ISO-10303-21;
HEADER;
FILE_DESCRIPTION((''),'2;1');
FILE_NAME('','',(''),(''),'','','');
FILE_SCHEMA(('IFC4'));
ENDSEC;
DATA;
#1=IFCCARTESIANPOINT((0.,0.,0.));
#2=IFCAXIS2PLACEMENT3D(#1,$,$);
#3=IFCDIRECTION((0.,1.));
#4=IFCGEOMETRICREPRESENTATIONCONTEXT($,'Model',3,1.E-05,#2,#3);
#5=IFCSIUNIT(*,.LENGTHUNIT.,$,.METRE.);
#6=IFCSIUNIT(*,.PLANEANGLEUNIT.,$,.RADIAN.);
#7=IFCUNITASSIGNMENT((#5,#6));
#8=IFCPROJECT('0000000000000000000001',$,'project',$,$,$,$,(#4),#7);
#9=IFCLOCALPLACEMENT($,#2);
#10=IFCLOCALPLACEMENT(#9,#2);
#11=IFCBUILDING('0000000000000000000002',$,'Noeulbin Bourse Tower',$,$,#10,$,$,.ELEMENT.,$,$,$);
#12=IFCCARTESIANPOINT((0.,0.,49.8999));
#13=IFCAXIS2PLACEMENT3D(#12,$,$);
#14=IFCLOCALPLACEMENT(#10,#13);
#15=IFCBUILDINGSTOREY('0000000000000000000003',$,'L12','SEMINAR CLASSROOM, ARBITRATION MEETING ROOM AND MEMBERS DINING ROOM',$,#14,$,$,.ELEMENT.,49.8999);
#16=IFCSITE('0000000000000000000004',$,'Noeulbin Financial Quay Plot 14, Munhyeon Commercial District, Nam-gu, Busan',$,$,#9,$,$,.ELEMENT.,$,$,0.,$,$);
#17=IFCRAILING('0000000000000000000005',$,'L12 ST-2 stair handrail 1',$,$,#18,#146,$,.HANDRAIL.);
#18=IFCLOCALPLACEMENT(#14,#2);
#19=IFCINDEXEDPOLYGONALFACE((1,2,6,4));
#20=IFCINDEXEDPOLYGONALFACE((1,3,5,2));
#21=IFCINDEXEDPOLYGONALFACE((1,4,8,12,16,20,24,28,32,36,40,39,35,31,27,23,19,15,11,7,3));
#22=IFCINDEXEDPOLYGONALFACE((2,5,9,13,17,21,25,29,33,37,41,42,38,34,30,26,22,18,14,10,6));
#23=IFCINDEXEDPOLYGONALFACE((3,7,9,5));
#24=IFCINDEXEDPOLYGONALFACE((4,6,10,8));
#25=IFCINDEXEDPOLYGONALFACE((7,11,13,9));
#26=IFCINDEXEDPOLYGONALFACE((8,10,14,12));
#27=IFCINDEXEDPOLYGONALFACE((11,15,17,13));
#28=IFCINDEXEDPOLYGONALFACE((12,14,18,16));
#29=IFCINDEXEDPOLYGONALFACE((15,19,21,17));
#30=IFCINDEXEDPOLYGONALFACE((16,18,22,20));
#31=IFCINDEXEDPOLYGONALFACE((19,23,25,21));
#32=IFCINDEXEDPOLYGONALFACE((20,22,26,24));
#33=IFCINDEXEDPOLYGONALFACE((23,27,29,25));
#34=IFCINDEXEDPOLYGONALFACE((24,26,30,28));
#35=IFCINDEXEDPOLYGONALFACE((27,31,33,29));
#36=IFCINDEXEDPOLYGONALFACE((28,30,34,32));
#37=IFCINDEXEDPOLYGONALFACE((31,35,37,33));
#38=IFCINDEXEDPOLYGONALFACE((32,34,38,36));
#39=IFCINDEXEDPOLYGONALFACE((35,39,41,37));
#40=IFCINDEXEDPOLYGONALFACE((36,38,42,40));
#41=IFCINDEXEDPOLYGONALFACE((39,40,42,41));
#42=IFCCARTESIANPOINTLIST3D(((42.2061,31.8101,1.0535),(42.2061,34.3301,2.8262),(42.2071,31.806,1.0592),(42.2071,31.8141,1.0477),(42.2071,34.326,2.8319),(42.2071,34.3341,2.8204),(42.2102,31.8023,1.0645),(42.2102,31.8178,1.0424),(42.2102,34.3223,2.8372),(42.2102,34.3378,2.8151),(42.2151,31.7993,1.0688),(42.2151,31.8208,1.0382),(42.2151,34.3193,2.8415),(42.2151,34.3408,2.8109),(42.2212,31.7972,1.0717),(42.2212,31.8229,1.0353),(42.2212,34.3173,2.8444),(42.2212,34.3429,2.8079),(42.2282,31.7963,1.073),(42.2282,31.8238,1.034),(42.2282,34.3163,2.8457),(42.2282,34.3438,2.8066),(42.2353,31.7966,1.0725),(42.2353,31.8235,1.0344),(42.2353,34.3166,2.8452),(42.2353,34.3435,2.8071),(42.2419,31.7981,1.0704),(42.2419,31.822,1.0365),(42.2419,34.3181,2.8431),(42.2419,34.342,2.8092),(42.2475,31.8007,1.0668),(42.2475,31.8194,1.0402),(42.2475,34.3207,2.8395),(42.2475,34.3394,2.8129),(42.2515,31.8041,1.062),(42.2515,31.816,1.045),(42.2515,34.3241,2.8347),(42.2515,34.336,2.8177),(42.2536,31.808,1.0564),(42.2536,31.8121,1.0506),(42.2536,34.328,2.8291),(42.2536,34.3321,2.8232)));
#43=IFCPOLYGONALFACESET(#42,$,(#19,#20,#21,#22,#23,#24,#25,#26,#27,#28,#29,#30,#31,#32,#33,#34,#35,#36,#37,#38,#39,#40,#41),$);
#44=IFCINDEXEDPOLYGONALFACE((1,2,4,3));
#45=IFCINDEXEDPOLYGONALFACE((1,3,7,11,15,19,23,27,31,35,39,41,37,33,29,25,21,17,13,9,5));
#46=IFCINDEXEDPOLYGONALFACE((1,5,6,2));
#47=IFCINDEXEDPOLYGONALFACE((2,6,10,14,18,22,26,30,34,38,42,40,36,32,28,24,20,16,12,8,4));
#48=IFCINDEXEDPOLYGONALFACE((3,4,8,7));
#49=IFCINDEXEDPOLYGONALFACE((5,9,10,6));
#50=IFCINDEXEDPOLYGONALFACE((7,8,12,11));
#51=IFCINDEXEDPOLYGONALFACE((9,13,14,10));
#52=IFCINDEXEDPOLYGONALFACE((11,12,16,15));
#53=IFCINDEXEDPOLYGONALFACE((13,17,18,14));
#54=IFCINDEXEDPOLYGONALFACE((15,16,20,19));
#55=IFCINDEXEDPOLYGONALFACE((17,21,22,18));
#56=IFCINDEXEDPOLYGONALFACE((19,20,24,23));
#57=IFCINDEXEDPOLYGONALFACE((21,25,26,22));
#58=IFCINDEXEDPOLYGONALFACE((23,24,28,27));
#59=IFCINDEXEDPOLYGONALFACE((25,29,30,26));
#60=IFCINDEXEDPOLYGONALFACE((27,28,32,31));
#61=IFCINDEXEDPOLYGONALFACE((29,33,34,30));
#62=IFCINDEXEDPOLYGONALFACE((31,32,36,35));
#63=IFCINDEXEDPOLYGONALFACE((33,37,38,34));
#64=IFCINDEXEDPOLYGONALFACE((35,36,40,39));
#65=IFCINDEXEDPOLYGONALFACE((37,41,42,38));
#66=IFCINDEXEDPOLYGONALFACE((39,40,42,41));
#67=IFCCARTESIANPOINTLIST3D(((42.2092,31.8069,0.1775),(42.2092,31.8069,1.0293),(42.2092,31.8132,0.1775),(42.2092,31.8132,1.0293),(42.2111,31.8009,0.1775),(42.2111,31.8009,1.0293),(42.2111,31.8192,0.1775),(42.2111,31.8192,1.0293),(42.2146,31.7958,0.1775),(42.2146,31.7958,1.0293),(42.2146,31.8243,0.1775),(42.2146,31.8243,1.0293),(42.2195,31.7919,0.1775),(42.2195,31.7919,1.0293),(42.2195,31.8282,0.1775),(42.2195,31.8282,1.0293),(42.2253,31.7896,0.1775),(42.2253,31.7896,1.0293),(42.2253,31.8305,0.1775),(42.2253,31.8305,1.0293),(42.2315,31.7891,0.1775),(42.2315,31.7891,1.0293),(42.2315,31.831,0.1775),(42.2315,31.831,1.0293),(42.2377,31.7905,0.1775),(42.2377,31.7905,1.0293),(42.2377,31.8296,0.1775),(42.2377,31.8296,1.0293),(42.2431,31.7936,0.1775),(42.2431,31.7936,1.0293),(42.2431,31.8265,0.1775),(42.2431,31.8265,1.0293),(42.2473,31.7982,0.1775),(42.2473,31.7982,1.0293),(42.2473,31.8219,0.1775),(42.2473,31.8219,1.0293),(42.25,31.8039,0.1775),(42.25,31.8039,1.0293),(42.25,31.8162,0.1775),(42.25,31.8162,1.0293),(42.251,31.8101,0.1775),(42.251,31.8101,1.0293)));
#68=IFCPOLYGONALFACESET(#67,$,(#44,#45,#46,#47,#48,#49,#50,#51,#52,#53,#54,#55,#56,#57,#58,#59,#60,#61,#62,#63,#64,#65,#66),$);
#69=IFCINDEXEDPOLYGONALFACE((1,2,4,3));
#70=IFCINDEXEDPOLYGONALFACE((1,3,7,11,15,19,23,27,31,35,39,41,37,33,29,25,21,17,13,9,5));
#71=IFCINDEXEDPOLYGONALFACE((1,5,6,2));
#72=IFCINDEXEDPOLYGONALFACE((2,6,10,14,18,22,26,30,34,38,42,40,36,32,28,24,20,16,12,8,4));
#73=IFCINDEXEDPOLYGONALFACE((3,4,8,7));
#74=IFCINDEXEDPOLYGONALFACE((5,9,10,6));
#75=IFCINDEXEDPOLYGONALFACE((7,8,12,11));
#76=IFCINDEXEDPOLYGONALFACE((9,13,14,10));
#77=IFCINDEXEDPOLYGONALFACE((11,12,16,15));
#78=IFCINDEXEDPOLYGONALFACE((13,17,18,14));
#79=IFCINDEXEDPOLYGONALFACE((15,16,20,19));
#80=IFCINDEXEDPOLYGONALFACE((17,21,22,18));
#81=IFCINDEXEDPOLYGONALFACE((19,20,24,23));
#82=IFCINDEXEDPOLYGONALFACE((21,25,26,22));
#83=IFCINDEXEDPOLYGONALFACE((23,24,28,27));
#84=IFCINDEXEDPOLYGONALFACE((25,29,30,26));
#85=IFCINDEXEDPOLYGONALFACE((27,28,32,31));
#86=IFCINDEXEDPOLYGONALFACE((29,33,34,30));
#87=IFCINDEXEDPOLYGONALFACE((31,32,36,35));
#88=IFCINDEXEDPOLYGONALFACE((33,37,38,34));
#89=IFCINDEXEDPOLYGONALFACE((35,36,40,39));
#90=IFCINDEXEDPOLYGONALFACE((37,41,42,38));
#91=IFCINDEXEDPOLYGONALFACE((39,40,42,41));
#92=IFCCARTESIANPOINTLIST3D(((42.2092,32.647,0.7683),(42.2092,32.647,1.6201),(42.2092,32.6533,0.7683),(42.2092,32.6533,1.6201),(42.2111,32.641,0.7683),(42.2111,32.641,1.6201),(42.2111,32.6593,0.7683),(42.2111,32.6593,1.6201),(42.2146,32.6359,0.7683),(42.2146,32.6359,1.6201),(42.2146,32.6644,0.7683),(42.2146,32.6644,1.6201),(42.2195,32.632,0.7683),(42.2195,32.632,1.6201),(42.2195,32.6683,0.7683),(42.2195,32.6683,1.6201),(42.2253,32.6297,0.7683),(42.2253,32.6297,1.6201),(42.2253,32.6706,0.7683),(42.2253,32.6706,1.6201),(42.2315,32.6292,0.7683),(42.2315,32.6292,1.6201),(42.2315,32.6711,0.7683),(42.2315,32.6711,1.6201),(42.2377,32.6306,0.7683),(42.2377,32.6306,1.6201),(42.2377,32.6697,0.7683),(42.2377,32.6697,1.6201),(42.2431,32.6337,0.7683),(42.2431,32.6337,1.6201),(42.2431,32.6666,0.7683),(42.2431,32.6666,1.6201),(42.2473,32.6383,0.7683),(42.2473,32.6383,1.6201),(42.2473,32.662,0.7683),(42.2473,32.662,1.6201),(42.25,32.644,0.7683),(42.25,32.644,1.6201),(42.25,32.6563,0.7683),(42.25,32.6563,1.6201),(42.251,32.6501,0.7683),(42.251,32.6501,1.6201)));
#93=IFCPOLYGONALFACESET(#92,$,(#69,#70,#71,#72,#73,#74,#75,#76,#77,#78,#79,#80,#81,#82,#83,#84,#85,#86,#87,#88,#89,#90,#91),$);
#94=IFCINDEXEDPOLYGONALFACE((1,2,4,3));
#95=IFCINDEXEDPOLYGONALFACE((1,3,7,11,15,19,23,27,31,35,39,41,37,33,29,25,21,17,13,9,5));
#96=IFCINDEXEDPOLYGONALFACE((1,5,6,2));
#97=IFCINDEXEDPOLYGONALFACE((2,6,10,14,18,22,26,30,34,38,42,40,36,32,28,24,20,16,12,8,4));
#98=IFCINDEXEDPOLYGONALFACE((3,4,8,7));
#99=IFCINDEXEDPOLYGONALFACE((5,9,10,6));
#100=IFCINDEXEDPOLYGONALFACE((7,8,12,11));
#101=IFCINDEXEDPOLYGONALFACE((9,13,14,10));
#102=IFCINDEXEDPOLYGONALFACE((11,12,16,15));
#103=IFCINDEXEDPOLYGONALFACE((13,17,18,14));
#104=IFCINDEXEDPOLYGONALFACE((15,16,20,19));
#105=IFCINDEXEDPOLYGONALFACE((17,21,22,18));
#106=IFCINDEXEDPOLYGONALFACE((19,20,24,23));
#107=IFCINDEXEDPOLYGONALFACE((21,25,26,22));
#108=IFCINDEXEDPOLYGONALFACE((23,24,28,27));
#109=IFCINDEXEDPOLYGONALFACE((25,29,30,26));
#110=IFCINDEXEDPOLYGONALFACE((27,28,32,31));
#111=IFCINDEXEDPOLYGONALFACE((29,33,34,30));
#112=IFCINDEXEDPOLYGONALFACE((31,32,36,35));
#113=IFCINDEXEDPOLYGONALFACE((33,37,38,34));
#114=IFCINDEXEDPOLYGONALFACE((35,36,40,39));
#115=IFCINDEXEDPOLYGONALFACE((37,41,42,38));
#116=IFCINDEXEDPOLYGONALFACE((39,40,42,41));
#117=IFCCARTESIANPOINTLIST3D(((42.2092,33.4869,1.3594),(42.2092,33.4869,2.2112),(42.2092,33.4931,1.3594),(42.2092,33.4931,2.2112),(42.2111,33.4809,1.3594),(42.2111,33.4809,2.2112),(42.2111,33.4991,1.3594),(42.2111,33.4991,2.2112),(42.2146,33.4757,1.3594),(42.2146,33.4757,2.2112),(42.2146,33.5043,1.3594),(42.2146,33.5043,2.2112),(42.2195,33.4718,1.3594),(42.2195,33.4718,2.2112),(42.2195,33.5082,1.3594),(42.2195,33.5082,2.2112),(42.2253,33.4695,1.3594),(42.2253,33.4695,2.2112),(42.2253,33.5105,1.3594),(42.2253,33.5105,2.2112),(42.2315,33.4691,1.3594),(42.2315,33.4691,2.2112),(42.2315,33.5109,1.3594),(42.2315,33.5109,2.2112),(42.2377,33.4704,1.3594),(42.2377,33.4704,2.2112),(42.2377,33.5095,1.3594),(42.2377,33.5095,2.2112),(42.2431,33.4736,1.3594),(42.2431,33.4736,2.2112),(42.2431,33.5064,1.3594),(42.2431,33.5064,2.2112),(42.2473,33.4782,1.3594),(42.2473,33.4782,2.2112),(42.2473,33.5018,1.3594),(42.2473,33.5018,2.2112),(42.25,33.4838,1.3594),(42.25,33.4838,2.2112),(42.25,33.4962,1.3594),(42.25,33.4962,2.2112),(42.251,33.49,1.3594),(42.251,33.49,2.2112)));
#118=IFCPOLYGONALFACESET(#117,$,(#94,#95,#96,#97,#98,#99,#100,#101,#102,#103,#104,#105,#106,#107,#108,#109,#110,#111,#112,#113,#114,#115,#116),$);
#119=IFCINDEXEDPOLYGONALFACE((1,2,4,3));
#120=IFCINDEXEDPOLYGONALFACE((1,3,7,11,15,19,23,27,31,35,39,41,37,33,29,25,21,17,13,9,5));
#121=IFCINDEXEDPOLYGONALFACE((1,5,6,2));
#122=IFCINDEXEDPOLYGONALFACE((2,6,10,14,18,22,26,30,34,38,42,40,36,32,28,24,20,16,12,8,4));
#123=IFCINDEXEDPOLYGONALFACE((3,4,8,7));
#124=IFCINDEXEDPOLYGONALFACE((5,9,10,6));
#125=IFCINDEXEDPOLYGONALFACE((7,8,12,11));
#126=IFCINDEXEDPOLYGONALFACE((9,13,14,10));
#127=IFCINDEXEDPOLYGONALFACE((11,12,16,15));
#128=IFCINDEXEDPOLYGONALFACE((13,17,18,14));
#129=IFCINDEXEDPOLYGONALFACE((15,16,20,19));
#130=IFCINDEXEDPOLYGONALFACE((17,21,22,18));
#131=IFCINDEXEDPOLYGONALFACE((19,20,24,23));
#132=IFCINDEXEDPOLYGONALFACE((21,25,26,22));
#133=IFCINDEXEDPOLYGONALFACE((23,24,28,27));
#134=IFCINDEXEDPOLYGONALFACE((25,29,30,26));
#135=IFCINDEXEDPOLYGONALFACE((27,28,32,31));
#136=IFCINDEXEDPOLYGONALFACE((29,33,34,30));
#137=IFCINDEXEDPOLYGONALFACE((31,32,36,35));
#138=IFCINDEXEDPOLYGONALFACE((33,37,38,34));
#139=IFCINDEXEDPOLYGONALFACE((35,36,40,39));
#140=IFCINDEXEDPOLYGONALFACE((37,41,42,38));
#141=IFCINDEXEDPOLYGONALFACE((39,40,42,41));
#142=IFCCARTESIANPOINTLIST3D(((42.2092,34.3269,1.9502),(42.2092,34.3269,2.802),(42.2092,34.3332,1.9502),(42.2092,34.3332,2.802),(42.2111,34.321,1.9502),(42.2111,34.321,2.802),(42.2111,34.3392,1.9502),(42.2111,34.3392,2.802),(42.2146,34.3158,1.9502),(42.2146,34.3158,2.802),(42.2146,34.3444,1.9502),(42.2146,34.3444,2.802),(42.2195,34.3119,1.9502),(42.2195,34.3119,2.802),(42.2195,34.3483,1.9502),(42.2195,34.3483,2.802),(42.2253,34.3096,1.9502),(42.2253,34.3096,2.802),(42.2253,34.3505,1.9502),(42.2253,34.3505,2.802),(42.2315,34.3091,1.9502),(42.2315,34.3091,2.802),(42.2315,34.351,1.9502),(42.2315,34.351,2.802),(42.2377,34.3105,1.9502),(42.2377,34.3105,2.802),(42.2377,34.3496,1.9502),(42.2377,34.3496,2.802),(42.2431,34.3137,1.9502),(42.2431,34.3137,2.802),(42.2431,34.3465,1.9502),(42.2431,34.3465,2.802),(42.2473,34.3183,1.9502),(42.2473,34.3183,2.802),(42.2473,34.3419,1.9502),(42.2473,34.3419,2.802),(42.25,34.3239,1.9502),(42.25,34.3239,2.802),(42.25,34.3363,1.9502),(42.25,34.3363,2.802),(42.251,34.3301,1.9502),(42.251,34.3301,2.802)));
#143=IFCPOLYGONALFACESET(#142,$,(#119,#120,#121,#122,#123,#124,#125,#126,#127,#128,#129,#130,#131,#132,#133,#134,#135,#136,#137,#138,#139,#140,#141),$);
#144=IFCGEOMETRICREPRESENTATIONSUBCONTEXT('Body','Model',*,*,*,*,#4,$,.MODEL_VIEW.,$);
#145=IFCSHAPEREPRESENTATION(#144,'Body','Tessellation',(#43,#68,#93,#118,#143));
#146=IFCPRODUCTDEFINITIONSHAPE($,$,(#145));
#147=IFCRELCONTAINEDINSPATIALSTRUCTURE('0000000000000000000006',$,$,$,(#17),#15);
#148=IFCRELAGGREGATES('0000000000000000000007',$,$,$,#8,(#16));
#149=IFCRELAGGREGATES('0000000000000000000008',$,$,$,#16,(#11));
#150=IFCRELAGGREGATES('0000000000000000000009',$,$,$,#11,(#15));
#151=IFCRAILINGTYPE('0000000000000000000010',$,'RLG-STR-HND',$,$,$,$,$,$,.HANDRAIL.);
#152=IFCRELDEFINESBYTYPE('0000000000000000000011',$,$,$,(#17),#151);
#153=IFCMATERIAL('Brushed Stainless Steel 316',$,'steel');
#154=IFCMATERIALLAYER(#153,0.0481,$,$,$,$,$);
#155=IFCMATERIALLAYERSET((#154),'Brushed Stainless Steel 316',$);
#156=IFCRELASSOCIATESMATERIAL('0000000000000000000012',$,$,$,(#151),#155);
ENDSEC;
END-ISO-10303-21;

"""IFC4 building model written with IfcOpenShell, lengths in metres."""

from ifc_helpers import new_model, si_unit, direction, frame, origin, origin_2d, place, context, subcontext, project, spatial, circle, extrude, material, layer, layer_set, type_object, element, save


model = new_model("IFC4")

# Units and contexts
model_context = context("Model", 3, precision=1e-05, world=origin(), true_north=direction((0.0, 1.0)))
body_context = subcontext(model_context, "Body", "Model", "MODEL_VIEW")
ifc_project = project(units=[si_unit("LENGTHUNIT", "METRE"), si_unit("PLANEANGLEUNIT", "RADIAN")], contexts=[model_context])

# Site, building, storey
site_placement = place(None, origin())
site = spatial("IfcSite", under=ifc_project, at=site_placement, Name="Noeulbin Financial Quay Plot 14, Munhyeon Commercial District, Nam-gu, Busan", CompositionType="ELEMENT", RefElevation=0.0)
building_placement = place(site_placement, origin())
building = spatial("IfcBuilding", under=site, at=building_placement, Name="Noeulbin Bourse Tower", CompositionType="ELEMENT")
storey_placement = place(building_placement, frame((0.0, 0.0, 49.8999)))
storey = spatial("IfcBuildingStorey", under=building, at=storey_placement, Name="L12", Description="SEMINAR CLASSROOM, ARBITRATION MEETING ROOM AND MEMBERS DINING ROOM", CompositionType="ELEMENT", Elevation=49.8999)

# Railing
ifc_material_1 = material(Name="Brushed Stainless Steel 316", Category="steel")
ifc_layer_1 = layer(ifc_material_1, 0.0481)
ifc_layer_set_1 = layer_set([ifc_layer_1], Name="Brushed Stainless Steel 316")
railing_type_1 = type_object("IfcRailingType", Name="RLG-STR-HND", PredefinedType="HANDRAIL", material=ifc_layer_set_1)
railing_1_placement = place(storey_placement, frame((42.23, 31.8101, 0.1775)))
element("IfcRailing", 1, at=railing_1_placement, inside=storey, type_object=railing_type_1, Name="L12 ST-2 stair handrail 1", PredefinedType="HANDRAIL", context=body_context, shape_type="SweptSolid", body=[
    extrude(circle(Radius=0.0239, at=origin_2d()), frame((0.0, 0.0, 0.876), z_axis=(0.0, 0.817904, 0.575354), x_axis=(-1.0, 0.0, 0.0)), (0.0, 0.0, 1.0), 3.0811),
    extrude(circle(Radius=0.021, at=origin_2d()), origin(), (0.0, 0.0, 1.0), 0.8518),
    extrude(circle(Radius=0.021, at=origin_2d()), frame((0.0, 0.8401, 0.5908)), (0.0, 0.0, 1.0), 0.8518),
    extrude(circle(Radius=0.021, at=origin_2d()), frame((0.0, 1.6799, 1.1819)), (0.0, 0.0, 1.0), 0.8518),
    extrude(circle(Radius=0.021, at=origin_2d()), frame((0.0, 2.52, 1.7727)), (0.0, 0.0, 1.0), 0.8518),
])

save(model, "model.ifc")
